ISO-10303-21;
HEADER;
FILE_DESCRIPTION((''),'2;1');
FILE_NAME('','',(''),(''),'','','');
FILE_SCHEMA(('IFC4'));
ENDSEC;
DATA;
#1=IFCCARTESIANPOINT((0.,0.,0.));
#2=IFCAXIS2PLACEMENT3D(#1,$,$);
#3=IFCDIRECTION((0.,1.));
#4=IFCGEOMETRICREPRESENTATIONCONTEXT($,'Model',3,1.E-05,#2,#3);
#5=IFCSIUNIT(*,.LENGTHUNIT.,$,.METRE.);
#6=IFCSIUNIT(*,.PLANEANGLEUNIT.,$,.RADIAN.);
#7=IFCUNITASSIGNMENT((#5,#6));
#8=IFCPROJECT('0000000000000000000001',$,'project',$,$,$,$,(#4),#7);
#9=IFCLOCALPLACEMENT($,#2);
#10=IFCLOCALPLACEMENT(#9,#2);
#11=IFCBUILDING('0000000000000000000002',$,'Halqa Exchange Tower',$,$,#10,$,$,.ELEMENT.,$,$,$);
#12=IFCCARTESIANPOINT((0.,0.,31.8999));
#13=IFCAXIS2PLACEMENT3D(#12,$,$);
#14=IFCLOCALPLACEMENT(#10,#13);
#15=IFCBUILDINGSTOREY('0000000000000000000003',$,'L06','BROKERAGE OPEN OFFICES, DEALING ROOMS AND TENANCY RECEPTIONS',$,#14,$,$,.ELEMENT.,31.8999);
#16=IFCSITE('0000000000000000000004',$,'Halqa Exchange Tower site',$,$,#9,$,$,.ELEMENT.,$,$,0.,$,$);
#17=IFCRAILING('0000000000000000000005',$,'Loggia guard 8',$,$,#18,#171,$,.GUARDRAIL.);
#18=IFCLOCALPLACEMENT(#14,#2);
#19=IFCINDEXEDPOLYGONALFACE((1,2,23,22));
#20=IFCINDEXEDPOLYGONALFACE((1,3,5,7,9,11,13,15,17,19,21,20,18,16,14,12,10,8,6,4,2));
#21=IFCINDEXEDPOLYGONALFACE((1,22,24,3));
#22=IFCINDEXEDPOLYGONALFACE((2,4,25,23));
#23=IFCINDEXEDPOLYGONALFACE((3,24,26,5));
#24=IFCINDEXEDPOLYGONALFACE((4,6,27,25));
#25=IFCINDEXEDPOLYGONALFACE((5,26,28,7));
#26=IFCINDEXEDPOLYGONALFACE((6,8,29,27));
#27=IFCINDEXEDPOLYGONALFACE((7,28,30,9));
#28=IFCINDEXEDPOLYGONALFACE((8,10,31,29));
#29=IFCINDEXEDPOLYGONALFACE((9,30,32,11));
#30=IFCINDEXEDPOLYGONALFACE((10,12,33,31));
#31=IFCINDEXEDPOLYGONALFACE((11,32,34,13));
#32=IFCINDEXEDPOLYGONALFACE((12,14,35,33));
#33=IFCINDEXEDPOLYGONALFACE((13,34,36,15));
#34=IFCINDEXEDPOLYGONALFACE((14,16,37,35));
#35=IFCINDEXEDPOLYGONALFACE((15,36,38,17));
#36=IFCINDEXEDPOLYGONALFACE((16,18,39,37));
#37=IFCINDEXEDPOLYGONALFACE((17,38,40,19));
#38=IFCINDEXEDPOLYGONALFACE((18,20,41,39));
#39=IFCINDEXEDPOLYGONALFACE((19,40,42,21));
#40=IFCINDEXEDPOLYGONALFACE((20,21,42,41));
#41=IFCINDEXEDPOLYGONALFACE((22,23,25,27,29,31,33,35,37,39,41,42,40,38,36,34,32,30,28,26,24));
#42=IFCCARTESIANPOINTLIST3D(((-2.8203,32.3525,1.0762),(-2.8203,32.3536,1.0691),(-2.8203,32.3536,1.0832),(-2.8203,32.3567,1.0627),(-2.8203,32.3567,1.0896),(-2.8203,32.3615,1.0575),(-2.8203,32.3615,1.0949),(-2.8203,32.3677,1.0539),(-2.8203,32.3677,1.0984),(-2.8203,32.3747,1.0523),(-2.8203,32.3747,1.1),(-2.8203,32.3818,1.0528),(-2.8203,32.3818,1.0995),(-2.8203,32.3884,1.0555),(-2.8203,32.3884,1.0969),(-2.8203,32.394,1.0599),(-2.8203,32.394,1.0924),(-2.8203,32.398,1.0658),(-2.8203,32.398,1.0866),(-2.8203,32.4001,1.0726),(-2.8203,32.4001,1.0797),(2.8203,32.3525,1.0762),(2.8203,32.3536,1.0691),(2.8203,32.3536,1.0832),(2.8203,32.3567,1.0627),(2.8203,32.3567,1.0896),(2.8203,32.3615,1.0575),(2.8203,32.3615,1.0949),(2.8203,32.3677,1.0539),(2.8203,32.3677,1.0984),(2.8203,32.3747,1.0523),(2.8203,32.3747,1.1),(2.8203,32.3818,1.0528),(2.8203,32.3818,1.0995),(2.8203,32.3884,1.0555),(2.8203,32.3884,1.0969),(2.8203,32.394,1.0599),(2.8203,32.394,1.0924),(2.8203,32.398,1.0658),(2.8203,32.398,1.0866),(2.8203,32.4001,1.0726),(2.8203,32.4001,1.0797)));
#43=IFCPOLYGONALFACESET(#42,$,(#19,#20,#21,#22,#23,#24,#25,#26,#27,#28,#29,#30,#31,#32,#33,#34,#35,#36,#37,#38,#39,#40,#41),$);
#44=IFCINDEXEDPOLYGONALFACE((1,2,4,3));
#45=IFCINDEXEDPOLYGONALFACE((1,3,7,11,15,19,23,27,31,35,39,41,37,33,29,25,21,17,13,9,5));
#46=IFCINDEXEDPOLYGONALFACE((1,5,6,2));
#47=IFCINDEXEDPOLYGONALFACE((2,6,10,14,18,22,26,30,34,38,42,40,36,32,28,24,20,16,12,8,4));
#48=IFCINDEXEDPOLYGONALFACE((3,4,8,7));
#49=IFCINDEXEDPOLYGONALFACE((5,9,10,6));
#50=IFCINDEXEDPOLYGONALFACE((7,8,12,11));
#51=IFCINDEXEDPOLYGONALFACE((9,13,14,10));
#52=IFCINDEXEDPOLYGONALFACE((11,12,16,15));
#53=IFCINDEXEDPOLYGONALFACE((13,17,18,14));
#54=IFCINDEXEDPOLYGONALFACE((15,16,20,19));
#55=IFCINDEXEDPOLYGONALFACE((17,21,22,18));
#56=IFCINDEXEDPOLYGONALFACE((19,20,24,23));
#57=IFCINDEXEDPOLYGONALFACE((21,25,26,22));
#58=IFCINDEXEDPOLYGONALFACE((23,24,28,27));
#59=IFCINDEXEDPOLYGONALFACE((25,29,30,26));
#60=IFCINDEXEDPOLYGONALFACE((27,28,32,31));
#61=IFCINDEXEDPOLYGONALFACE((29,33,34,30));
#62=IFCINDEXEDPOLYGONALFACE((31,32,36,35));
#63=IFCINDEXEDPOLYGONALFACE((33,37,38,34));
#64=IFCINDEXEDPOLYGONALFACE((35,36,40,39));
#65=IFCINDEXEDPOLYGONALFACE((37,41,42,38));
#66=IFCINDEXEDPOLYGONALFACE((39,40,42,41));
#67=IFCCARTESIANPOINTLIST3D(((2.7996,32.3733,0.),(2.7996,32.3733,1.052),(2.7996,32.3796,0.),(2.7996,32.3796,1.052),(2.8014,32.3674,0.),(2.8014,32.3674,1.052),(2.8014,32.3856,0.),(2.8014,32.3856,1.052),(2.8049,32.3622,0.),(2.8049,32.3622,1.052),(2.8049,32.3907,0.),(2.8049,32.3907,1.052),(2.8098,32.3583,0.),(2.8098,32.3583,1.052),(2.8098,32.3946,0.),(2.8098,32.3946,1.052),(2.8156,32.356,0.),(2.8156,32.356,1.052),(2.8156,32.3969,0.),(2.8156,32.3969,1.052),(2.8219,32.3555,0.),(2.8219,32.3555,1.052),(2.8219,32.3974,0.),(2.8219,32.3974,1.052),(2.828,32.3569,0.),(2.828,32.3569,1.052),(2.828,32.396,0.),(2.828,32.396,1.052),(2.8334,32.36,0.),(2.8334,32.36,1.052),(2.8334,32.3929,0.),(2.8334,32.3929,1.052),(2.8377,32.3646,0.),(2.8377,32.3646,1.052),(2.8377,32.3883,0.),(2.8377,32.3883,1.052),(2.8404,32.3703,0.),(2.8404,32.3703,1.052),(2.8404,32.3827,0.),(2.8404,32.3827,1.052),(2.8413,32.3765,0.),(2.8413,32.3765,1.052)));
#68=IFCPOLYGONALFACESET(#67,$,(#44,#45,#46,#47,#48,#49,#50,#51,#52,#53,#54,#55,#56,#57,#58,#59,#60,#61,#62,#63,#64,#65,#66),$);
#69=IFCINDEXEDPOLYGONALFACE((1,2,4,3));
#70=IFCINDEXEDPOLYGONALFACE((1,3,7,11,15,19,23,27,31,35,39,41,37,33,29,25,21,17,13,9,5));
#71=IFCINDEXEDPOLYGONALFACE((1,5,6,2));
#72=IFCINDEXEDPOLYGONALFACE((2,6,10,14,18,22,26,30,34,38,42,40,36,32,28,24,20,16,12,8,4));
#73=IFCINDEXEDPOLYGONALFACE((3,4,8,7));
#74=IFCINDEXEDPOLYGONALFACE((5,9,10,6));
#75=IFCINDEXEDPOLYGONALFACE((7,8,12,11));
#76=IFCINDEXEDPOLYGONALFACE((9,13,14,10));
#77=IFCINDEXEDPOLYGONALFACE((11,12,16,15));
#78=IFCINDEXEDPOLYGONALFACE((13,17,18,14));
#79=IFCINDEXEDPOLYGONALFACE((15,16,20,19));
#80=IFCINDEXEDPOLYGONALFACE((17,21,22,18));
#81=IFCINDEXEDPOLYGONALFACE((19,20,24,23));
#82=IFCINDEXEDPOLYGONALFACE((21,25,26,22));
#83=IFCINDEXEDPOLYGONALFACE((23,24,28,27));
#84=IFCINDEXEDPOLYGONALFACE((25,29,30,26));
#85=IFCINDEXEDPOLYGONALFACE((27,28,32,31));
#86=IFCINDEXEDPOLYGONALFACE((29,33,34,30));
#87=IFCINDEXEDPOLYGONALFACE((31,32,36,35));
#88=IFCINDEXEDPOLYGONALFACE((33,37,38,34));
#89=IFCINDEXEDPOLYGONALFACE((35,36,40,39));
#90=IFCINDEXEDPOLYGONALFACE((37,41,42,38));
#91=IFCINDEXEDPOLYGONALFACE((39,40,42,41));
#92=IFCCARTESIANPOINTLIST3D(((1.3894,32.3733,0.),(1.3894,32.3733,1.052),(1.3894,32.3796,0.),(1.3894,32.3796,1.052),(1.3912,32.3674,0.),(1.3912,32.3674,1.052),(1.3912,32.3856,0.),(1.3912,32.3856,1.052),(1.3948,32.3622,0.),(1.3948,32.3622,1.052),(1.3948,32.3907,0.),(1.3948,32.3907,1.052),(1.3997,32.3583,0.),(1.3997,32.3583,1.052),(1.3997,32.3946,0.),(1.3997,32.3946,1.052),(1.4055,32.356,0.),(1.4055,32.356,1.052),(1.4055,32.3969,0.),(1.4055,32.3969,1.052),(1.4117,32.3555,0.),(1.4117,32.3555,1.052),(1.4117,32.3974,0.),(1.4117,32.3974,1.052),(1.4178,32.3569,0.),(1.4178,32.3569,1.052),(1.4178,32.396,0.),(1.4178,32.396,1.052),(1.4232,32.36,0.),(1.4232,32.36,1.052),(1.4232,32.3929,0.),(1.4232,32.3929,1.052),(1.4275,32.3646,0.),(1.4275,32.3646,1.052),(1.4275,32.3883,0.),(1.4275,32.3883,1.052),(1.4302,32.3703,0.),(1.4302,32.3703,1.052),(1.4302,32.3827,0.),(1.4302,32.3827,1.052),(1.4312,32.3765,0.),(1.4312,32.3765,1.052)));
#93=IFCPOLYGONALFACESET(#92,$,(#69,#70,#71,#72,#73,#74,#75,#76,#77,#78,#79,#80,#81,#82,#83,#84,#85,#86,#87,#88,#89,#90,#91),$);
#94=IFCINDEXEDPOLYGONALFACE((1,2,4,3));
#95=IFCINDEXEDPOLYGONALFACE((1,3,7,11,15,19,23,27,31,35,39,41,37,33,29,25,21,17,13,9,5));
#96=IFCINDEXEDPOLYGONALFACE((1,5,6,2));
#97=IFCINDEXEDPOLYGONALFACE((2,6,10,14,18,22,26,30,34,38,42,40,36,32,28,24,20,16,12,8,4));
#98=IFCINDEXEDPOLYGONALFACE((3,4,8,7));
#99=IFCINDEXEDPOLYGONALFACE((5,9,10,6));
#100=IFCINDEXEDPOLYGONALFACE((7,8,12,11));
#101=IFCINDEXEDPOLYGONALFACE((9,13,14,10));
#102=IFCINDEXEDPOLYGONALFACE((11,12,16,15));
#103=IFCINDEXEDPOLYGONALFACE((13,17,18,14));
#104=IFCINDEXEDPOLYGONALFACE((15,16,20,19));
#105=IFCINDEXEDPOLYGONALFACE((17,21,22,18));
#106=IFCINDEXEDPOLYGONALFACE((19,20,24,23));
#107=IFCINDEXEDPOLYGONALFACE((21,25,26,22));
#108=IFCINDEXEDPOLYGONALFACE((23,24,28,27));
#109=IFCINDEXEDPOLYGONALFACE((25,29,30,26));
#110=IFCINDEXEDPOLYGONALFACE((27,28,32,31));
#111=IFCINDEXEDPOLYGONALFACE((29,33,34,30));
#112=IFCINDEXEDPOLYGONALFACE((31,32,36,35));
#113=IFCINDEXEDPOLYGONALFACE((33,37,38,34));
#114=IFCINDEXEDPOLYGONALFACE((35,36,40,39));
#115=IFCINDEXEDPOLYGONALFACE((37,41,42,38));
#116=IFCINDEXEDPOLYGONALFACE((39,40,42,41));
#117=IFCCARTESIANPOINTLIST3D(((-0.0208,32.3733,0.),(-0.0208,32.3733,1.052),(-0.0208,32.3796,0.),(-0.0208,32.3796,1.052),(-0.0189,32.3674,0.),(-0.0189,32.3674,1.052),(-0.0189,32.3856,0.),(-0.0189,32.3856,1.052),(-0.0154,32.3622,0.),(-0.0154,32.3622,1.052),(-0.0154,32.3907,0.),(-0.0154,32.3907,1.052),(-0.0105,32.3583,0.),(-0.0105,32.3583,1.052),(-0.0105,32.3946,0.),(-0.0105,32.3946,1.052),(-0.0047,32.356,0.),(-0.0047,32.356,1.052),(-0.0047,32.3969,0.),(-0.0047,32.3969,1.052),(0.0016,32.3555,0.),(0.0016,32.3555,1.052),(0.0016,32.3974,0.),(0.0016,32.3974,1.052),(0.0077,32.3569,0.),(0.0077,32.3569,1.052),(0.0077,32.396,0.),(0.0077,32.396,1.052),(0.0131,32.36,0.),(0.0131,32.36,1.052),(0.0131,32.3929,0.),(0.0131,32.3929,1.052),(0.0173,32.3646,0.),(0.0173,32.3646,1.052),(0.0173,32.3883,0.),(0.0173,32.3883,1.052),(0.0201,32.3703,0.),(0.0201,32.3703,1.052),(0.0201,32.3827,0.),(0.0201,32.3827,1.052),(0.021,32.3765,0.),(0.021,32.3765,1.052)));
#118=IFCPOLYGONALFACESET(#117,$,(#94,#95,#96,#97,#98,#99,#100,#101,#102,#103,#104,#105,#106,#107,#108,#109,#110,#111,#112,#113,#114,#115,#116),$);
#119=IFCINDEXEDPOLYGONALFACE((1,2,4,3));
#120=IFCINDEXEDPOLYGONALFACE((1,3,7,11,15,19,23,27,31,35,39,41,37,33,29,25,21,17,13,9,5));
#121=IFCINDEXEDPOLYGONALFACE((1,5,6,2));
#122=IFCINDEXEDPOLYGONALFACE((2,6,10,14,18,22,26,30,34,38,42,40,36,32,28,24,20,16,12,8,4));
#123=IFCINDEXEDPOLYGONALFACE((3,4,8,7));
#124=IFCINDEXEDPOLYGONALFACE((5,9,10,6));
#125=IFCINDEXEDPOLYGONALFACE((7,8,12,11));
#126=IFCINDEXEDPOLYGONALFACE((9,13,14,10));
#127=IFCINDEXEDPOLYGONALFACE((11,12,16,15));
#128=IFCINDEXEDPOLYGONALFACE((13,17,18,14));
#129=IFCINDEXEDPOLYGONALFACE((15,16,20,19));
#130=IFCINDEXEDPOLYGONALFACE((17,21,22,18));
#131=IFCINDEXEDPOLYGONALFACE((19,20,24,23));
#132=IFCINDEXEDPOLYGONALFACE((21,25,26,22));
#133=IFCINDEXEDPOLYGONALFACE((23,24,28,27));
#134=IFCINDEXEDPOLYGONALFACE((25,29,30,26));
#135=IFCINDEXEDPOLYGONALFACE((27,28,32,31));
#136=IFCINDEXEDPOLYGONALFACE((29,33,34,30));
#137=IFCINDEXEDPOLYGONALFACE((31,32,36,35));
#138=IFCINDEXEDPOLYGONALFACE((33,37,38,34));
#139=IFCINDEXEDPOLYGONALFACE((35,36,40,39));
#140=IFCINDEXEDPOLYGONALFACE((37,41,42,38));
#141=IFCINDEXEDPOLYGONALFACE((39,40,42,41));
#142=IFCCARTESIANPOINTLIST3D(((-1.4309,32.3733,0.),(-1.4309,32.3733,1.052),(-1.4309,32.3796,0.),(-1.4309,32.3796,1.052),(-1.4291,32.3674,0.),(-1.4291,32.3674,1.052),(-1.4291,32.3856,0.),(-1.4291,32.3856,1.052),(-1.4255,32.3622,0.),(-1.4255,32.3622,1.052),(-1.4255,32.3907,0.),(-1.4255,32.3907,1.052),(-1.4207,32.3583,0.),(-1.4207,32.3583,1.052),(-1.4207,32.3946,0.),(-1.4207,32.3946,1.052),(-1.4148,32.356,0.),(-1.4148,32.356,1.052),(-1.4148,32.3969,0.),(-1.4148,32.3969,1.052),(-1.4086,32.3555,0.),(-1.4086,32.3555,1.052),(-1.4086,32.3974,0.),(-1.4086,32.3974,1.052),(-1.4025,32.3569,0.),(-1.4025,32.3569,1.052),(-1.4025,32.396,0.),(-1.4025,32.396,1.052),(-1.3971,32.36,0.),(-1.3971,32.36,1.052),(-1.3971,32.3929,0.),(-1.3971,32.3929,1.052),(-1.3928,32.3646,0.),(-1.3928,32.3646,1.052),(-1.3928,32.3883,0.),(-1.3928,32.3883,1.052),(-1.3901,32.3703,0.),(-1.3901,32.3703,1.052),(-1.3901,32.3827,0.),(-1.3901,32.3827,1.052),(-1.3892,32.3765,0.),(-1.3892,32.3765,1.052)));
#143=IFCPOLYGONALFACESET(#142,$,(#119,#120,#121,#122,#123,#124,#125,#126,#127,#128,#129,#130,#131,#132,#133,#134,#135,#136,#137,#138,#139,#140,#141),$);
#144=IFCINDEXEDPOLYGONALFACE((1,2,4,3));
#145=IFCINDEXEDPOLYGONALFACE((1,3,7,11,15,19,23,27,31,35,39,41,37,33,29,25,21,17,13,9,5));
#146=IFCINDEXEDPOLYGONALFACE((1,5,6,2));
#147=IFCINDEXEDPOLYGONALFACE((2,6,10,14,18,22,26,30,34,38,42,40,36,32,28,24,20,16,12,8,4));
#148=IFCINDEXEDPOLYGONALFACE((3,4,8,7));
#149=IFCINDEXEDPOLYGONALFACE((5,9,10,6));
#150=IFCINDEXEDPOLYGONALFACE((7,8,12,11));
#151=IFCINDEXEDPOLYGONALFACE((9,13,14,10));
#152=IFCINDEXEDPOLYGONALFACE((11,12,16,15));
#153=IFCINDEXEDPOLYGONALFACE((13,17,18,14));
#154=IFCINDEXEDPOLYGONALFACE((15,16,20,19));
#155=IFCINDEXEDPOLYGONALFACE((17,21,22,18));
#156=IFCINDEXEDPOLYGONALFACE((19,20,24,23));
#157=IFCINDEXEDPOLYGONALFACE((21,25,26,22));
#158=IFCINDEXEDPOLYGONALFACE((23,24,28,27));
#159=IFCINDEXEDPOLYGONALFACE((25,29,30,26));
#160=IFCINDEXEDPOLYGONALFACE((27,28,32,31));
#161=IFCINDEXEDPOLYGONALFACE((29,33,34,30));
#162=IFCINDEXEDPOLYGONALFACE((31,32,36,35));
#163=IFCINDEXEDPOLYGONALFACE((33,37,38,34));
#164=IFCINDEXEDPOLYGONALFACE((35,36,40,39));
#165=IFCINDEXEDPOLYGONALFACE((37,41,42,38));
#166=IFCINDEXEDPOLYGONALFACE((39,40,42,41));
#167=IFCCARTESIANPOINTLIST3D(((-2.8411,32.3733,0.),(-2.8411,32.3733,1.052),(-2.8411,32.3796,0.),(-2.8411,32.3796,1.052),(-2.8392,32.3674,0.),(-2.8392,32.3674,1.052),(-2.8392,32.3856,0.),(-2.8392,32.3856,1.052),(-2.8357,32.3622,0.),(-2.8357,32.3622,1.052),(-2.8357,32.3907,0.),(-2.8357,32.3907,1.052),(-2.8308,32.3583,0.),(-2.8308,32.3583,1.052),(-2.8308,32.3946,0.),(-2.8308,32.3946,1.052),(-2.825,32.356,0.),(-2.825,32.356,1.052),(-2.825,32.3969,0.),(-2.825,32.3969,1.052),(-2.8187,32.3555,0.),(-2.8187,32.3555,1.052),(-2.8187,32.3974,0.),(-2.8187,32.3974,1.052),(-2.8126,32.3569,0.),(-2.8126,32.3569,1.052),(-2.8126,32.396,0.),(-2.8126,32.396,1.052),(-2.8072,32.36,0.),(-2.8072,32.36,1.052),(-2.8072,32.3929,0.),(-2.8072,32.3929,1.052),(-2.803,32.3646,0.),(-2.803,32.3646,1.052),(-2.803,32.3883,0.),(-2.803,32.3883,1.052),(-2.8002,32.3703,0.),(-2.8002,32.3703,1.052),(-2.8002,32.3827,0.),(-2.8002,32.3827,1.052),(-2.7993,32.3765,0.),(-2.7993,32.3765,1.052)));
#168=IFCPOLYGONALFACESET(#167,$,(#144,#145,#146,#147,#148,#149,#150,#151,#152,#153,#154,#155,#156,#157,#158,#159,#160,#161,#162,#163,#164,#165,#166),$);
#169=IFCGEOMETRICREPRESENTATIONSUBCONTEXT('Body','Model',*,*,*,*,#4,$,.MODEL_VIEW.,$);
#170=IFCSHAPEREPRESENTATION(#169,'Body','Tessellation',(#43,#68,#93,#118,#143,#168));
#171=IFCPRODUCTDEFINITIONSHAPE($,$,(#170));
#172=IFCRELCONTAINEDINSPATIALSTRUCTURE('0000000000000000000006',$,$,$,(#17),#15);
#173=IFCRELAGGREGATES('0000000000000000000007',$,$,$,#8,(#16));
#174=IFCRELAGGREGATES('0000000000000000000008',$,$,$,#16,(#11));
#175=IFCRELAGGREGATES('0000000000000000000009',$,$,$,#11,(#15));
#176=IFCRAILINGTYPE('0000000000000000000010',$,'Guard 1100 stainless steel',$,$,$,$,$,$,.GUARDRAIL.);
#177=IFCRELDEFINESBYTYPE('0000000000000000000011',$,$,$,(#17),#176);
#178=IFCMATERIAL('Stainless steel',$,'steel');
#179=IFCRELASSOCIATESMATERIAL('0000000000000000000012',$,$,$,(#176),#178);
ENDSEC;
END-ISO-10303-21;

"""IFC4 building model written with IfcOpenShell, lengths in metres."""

from ifc_helpers import new_model, si_unit, direction, frame, origin, origin_2d, place, context, subcontext, project, spatial, circle, extrude, material, type_object, element, save


model = new_model("IFC4")

# Units and contexts
model_context = context("Model", 3, precision=1e-05, world=origin(), true_north=direction((0.0, 1.0)))
body_context = subcontext(model_context, "Body", "Model", "MODEL_VIEW")
ifc_project = project(units=[si_unit("LENGTHUNIT", "METRE"), si_unit("PLANEANGLEUNIT", "RADIAN")], contexts=[model_context])

# Site, building, storey
site_placement = place(None, origin())
site = spatial("IfcSite", under=ifc_project, at=site_placement, Name="Halqa Exchange Tower site", CompositionType="ELEMENT", RefElevation=0.0)
building_placement = place(site_placement, origin())
building = spatial("IfcBuilding", under=site, at=building_placement, Name="Halqa Exchange Tower", CompositionType="ELEMENT")
storey_placement = place(building_placement, frame((0.0, 0.0, 31.8999)))
storey = spatial("IfcBuildingStorey", under=building, at=storey_placement, Name="L06", Description="BROKERAGE OPEN OFFICES, DEALING ROOMS AND TENANCY RECEPTIONS", CompositionType="ELEMENT", Elevation=31.8999)

# Railing
ifc_material_1 = material(Name="Stainless steel", Category="steel")
railing_type_1 = type_object("IfcRailingType", Name="Guard 1100 stainless steel", PredefinedType="GUARDRAIL", material=ifc_material_1)
railing_1_placement = place(storey_placement, frame((2.8203, 32.3765, 0.0)))
element("IfcRailing", 1, at=railing_1_placement, inside=storey, type_object=railing_type_1, Name="Loggia guard 8", PredefinedType="GUARDRAIL", context=body_context, shape_type="SweptSolid", body=[
    extrude(circle(Radius=0.0239, at=origin_2d()), frame((0.0, 0.0, 1.0762), z_axis=(-1.0, 0.0, 0.0), x_axis=(0.0, -1.0, 0.0)), (0.0, 0.0, 1.0), 5.6406),
    extrude(circle(Radius=0.021, at=origin_2d()), origin(), (0.0, 0.0, 1.0), 1.052),
    extrude(circle(Radius=0.021, at=origin_2d()), frame((-1.4102, 0.0, 0.0)), (0.0, 0.0, 1.0), 1.052),
    extrude(circle(Radius=0.021, at=origin_2d()), frame((-2.8203, 0.0, 0.0)), (0.0, 0.0, 1.0), 1.052),
    extrude(circle(Radius=0.021, at=origin_2d()), frame((-4.2305, 0.0, 0.0)), (0.0, 0.0, 1.0), 1.052),
    extrude(circle(Radius=0.021, at=origin_2d()), frame((-5.6406, 0.0, 0.0)), (0.0, 0.0, 1.0), 1.052),
])

save(model, "model.ifc")
